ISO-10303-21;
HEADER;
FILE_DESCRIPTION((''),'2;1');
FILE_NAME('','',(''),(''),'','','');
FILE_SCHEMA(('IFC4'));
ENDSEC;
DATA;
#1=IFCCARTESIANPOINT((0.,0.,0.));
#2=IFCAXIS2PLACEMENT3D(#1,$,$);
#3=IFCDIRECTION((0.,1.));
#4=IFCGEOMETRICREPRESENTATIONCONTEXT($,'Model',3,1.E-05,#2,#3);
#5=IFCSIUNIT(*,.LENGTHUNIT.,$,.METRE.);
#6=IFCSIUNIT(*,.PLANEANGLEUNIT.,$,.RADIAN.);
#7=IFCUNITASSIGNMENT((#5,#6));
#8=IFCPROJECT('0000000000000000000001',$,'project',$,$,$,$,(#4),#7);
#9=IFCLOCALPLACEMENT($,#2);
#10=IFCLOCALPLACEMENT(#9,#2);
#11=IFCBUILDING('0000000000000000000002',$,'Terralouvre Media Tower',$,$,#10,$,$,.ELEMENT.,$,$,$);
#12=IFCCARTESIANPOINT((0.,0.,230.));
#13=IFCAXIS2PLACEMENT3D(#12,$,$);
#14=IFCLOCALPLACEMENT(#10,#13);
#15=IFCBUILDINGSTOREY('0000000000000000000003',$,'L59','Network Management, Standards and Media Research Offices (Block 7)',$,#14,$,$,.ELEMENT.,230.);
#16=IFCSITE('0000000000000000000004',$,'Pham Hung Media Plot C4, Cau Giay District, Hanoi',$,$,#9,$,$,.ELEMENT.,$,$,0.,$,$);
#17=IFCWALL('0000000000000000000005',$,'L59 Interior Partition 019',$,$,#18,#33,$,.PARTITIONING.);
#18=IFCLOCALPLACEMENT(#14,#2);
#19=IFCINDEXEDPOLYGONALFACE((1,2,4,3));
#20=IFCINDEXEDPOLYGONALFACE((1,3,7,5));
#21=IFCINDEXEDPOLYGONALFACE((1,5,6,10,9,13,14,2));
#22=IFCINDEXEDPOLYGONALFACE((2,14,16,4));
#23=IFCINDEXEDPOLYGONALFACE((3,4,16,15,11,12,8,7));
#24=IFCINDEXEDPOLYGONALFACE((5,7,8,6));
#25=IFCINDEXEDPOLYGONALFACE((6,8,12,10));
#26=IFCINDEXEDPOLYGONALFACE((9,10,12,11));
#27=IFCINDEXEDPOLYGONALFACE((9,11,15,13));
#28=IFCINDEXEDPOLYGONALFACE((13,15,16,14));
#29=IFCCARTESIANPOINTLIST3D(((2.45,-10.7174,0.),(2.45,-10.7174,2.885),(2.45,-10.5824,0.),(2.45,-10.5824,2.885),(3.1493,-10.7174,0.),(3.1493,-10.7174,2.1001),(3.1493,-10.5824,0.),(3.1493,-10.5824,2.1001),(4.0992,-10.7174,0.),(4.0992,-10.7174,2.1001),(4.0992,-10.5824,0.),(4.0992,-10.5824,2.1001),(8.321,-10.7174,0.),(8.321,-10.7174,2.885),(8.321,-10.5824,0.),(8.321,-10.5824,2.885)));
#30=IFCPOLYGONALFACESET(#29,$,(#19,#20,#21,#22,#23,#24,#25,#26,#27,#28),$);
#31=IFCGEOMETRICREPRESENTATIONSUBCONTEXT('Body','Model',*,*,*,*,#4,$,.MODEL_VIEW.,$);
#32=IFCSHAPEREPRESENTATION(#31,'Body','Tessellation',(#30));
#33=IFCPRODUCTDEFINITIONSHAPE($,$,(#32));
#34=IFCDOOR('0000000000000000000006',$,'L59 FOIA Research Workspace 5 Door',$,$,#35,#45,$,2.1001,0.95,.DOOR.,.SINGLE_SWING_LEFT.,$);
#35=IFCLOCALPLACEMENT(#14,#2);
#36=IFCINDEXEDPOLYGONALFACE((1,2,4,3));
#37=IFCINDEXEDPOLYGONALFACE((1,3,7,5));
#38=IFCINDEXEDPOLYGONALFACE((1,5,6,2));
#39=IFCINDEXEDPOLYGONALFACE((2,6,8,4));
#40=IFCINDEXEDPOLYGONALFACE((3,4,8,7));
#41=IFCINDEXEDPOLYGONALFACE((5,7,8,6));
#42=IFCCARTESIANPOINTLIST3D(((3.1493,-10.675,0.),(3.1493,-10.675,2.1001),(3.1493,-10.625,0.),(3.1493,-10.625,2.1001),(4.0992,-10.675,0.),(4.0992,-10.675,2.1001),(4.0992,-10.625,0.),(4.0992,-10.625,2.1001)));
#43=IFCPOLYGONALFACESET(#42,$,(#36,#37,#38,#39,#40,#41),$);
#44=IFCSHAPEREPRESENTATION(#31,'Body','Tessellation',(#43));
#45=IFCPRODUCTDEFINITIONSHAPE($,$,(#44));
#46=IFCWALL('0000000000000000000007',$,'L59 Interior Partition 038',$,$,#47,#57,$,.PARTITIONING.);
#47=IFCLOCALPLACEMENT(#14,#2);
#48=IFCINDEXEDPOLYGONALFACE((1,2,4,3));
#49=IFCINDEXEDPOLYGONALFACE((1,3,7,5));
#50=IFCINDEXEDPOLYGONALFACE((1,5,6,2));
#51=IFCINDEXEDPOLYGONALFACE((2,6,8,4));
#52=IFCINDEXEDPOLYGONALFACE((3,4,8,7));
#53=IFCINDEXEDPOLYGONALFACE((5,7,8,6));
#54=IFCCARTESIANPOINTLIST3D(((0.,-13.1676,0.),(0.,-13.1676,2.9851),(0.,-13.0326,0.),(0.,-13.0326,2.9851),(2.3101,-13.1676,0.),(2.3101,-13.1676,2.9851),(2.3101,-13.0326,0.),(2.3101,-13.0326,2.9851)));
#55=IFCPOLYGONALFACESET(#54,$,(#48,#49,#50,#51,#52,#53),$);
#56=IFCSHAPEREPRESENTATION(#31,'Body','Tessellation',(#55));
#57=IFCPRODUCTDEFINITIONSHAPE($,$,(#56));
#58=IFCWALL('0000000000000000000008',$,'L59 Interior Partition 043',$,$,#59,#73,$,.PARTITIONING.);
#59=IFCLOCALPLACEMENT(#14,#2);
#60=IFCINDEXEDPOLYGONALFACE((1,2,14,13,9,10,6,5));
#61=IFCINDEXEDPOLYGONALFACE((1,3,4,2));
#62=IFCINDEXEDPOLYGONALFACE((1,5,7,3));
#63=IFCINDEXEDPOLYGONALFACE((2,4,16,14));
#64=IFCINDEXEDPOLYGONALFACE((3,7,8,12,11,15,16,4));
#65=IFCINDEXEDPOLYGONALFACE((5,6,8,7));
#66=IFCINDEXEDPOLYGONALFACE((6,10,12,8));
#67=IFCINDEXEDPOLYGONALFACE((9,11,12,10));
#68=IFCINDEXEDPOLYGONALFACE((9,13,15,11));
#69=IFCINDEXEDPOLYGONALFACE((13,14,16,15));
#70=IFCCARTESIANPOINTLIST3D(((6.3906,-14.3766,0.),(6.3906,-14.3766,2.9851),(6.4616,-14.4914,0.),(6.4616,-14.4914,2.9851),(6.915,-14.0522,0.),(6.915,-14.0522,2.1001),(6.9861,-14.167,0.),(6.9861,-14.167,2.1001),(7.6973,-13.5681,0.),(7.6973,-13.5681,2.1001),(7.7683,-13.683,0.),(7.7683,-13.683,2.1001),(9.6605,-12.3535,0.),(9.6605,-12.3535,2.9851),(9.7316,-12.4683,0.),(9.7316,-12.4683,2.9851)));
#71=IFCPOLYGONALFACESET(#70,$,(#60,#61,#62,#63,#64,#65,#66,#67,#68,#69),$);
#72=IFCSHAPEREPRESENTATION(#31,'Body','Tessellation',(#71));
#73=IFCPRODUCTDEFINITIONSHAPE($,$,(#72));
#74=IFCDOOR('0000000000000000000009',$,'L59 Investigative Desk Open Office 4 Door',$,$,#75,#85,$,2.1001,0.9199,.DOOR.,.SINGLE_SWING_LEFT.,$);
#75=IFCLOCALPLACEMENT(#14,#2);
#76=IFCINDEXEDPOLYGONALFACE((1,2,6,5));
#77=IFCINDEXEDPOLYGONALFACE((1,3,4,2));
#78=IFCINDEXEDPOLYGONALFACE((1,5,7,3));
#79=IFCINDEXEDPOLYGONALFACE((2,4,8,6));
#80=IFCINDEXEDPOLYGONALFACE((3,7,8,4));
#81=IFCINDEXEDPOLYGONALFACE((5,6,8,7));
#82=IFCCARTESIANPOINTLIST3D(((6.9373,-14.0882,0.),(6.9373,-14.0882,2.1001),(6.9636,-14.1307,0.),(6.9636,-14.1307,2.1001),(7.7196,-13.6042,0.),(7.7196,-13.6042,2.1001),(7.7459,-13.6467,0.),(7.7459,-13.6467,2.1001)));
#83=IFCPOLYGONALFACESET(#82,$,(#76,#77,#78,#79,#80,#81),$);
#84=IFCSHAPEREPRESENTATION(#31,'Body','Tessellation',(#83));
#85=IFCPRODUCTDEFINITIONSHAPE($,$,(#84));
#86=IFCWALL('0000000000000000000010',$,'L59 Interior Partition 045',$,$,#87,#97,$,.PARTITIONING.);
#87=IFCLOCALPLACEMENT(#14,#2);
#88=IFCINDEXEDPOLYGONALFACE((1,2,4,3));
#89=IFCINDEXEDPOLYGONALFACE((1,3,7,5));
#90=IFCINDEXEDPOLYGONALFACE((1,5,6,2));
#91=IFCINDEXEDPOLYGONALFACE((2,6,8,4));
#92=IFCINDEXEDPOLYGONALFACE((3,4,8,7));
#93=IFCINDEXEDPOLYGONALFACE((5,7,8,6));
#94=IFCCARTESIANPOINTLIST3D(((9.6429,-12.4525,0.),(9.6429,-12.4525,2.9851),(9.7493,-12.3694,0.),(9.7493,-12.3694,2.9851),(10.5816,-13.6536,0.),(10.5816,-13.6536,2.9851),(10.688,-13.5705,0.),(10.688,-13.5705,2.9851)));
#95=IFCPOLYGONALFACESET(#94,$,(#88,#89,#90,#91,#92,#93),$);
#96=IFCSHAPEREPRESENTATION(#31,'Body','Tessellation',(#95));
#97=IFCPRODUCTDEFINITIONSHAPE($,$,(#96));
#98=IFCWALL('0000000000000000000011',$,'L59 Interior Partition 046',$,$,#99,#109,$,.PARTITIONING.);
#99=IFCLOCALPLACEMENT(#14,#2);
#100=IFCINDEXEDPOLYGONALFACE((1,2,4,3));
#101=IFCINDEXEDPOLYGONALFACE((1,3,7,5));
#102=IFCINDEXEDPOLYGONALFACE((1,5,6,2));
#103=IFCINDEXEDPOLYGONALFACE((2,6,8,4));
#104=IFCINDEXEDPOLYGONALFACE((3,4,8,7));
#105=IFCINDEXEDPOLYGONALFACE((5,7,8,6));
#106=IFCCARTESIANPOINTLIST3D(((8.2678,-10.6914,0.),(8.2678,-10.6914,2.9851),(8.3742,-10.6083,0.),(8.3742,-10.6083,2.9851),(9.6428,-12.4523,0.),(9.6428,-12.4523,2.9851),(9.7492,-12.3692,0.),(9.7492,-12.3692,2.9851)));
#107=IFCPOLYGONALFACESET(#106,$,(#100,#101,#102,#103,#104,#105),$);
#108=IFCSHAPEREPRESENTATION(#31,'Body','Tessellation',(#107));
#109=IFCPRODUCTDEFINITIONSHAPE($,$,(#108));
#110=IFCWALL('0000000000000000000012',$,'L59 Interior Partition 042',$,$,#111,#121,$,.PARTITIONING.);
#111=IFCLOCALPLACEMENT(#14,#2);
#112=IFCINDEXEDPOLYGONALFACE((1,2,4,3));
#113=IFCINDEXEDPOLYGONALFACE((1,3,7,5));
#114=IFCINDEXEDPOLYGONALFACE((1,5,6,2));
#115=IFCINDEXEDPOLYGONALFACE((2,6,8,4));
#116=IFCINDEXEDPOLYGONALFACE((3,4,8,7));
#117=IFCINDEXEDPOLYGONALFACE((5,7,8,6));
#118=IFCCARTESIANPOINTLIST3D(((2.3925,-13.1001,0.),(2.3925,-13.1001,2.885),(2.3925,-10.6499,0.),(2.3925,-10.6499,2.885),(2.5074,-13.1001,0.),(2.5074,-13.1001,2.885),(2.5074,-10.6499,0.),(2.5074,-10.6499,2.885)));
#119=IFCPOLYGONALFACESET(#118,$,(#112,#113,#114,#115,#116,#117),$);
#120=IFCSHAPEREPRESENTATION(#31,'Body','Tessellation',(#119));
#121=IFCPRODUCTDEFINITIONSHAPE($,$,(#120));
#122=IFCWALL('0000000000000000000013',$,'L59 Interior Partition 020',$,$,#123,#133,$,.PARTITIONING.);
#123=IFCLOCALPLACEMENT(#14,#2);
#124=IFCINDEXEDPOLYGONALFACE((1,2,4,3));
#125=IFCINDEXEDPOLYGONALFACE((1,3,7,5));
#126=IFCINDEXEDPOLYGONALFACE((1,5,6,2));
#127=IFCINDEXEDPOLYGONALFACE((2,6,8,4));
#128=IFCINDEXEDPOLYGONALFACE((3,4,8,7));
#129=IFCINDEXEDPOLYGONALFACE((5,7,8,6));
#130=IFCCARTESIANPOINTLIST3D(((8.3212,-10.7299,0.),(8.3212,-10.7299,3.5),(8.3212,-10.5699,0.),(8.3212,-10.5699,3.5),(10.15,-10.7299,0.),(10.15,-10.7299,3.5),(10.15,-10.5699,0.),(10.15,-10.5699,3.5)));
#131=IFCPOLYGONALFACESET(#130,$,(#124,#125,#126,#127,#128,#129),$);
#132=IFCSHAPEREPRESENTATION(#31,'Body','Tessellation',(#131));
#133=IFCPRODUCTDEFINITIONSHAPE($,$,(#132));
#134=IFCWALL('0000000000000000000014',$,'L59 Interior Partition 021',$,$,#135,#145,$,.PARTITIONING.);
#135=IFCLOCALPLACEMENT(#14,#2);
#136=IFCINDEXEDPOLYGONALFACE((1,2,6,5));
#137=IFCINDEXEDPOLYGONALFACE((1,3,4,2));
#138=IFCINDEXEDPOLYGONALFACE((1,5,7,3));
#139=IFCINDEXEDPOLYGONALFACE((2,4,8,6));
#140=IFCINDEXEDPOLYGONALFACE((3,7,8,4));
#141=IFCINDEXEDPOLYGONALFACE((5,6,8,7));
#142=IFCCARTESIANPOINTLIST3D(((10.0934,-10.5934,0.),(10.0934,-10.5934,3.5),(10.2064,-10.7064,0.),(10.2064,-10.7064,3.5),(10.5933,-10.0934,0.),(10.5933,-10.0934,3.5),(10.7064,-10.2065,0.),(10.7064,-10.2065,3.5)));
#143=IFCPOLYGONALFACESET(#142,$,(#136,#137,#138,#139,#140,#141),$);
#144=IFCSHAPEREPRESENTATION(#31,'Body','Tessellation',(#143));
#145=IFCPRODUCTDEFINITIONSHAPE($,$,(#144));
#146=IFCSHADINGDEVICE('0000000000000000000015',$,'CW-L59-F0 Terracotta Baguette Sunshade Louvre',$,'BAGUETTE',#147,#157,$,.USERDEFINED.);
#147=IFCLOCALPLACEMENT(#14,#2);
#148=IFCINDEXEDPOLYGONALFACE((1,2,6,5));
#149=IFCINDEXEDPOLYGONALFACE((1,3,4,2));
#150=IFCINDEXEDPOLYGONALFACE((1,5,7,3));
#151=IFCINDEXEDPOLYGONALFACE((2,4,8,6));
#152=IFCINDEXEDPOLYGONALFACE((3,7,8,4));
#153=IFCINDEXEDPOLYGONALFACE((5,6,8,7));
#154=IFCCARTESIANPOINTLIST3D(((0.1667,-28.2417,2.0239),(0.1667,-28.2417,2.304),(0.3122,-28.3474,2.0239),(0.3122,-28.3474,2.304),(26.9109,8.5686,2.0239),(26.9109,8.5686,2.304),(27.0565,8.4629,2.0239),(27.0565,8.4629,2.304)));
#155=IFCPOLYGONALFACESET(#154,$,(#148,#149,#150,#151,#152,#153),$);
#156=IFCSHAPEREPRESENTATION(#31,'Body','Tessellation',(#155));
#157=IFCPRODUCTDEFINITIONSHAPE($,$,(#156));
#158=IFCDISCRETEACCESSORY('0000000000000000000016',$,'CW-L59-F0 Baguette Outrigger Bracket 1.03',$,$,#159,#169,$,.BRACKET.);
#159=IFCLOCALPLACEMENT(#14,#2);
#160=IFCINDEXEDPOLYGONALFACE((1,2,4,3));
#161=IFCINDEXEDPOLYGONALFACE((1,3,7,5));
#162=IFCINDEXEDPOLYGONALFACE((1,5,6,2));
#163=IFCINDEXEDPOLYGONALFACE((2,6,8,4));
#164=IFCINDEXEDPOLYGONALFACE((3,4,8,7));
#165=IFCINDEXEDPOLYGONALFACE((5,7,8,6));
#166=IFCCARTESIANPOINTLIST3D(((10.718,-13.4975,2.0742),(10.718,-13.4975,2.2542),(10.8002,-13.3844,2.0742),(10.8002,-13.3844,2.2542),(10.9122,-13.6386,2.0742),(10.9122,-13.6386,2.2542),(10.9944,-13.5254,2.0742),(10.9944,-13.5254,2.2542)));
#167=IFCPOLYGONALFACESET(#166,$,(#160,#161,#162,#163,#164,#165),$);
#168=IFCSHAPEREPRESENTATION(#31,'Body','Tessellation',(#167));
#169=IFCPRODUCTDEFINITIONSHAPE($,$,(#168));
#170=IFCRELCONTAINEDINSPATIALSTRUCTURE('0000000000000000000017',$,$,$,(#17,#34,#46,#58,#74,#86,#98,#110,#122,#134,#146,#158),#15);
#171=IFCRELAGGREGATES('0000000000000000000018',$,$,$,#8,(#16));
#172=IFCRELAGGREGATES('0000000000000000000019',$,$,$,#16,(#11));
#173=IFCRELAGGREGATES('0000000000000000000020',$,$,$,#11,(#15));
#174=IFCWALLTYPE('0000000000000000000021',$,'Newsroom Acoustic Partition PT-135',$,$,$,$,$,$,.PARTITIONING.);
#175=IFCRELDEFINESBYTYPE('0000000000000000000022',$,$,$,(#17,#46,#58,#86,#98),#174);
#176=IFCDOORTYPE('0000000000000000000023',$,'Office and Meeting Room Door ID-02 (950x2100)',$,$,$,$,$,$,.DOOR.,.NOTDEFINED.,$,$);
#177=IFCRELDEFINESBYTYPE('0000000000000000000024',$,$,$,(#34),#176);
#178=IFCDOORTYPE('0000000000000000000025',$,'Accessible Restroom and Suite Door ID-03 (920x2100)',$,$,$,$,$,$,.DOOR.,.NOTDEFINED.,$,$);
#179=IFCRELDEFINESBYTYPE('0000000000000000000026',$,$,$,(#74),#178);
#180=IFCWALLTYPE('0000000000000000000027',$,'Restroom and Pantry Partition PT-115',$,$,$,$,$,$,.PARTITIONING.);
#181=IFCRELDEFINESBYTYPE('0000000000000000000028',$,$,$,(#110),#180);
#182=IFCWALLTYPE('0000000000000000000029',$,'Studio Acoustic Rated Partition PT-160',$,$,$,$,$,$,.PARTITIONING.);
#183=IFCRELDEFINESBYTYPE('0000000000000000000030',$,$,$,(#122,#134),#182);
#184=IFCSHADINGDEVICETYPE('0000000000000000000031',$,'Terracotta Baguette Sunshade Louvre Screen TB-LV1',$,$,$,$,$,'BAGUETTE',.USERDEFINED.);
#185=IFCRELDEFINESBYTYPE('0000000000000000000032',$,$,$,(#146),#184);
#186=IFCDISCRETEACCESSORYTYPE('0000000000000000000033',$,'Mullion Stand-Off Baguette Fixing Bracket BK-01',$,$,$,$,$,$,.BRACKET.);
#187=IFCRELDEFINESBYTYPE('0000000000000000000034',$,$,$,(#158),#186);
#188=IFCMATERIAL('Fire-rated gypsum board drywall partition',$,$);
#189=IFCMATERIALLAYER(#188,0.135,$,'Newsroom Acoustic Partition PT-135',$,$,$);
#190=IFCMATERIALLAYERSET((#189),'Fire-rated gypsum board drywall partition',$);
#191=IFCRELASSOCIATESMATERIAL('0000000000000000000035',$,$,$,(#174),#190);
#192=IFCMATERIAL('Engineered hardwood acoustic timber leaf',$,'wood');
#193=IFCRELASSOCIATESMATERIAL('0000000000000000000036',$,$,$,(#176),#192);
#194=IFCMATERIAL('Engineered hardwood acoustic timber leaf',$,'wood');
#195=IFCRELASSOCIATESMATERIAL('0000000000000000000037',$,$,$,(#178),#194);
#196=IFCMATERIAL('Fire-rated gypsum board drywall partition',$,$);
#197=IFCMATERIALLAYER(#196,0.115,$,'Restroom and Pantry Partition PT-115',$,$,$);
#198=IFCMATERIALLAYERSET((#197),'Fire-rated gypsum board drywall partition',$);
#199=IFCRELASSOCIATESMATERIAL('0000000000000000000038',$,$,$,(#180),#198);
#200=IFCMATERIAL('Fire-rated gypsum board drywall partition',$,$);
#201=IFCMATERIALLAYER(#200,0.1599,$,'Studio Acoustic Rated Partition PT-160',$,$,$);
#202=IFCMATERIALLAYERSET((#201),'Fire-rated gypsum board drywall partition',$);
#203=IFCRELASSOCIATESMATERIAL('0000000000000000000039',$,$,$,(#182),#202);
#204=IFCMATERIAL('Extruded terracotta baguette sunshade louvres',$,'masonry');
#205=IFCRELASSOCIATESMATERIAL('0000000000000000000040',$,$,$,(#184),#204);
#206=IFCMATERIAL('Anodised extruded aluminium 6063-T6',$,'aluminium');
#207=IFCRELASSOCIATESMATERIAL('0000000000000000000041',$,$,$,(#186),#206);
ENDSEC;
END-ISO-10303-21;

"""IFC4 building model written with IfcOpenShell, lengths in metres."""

from ifc_helpers import new_model, si_unit, direction, frame, frame_2d, origin, origin_2d, place, context, subcontext, project, spatial, rectangle, extrude, material, layer, layer_set, type_object, element, fill, save


model = new_model("IFC4")

# Units and contexts
model_context = context("Model", 3, precision=1e-05, world=origin(), true_north=direction((0.0, 1.0)))
body_context = subcontext(model_context, "Body", "Model", "MODEL_VIEW")
ifc_project = project(units=[si_unit("LENGTHUNIT", "METRE"), si_unit("PLANEANGLEUNIT", "RADIAN")], contexts=[model_context])

# Site, building, storey
site_placement = place(None, origin())
site = spatial("IfcSite", under=ifc_project, at=site_placement, Name="Pham Hung Media Plot C4, Cau Giay District, Hanoi", CompositionType="ELEMENT", RefElevation=0.0)
building_placement = place(site_placement, origin())
building = spatial("IfcBuilding", under=site, at=building_placement, Name="Terralouvre Media Tower", CompositionType="ELEMENT")
storey_placement = place(building_placement, frame((0.0, 0.0, 230.0)))
storey = spatial("IfcBuildingStorey", under=building, at=storey_placement, Name="L59", Description="Network Management, Standards and Media Research Offices (Block 7)", CompositionType="ELEMENT", Elevation=230.0)

# Wall, opening, door
ifc_material_1 = material(Name="Fire-rated gypsum board drywall partition")
ifc_layer_1 = layer(ifc_material_1, 0.135, Name="Newsroom Acoustic Partition PT-135")
ifc_layer_set_1 = layer_set([ifc_layer_1], Name="Fire-rated gypsum board drywall partition")
wall_type_1 = type_object("IfcWallType", Name="Newsroom Acoustic Partition PT-135", PredefinedType="PARTITIONING", material=ifc_layer_set_1)
wall_1_placement = place(storey_placement, frame((2.45, -10.6499, 0.0), z_axis=(0.0, 0.0, 1.0), x_axis=(1.0, 0.0, 0.0)))
wall_1 = element("IfcWall", 1, at=wall_1_placement, inside=storey, type_object=wall_type_1, Name="L59 Interior Partition 019", PredefinedType="PARTITIONING", context=body_context, shape_type="SweptSolid", body=[
    extrude(rectangle(XDim=5.8711, YDim=0.135, at=frame_2d((2.9355, 0.0))), origin(), (0.0, 0.0, 1.0), 2.885),
])
opening_1_placement = place(wall_1_placement, frame((0.6992, 0.0, 0.0)))
opening_1 = element("IfcOpeningElement", 2, at=opening_1_placement, cuts=wall_1, PredefinedType="OPENING", context=body_context, shape_type="SweptSolid", body=[
    extrude(rectangle(XDim=0.95, YDim=2.1001, at=frame_2d((0.4751, 1.05))), frame((0.0, 0.0774, 0.0), z_axis=(0.0, -1.0, 0.0), x_axis=(1.0, 0.0, 0.0)), (0.0, 0.0, 1.0), 0.155),
])
ifc_material_2 = material(Name="Engineered hardwood acoustic timber leaf", Category="wood")
door_type_1 = type_object("IfcDoorType", Name="Office and Meeting Room Door ID-02 (950x2100)", OperationType="NOTDEFINED", PredefinedType="DOOR", material=ifc_material_2)
door_1_placement = place(opening_1_placement, origin())
door_1 = element("IfcDoor", 3, at=door_1_placement, inside=storey, type_object=door_type_1, Name="L59 FOIA Research Workspace 5 Door", OperationType="SINGLE_SWING_LEFT", OverallHeight=2.1001, OverallWidth=0.95, PredefinedType="DOOR", context=body_context, shape_type="SweptSolid", body=[
    extrude(rectangle(XDim=0.95, YDim=2.1001, at=frame_2d((0.4751, 1.05))), frame((0.0, 0.0249, 0.0), z_axis=(0.0, -1.0, 0.0), x_axis=(1.0, 0.0, 0.0)), (0.0, 0.0, 1.0), 0.05),
])
fill(opening_1, door_1)

# Wall
wall_2_placement = place(storey_placement, frame((2.3101, -13.1001, 0.0), z_axis=(0.0, 0.0, 1.0), x_axis=(-1.0, 0.0, 0.0)))
element("IfcWall", 4, at=wall_2_placement, inside=storey, type_object=wall_type_1, Name="L59 Interior Partition 038", PredefinedType="PARTITIONING", context=body_context, shape_type="SweptSolid", body=[
    extrude(rectangle(XDim=2.3101, YDim=0.135, at=frame_2d((1.155, 0.0))), origin(), (0.0, 0.0, 1.0), 2.9851),
])

# Wall, opening, door
wall_3_placement = place(storey_placement, frame((9.696, -12.4109, 0.0), z_axis=(0.0, 0.0, 1.0), x_axis=(-0.850394, -0.526147, 0.0)))
wall_3 = element("IfcWall", 5, at=wall_3_placement, inside=storey, type_object=wall_type_1, Name="L59 Interior Partition 043", PredefinedType="PARTITIONING", context=body_context, shape_type="SweptSolid", body=[
    extrude(rectangle(XDim=3.8452, YDim=0.135, at=frame_2d((1.9226, 0.0))), origin(), (0.0, 0.0, 1.0), 2.9851),
])
opening_2_placement = place(wall_3_placement, frame((2.3086, 0.0, 0.0)))
opening_2 = element("IfcOpeningElement", 6, at=opening_2_placement, cuts=wall_3, PredefinedType="OPENING", context=body_context, shape_type="SweptSolid", body=[
    extrude(rectangle(XDim=0.9199, YDim=2.1001, at=frame_2d((0.46, 1.05))), frame((0.0, 0.0774, 0.0), z_axis=(0.0, -1.0, 0.0), x_axis=(1.0, 0.0, 0.0)), (0.0, 0.0, 1.0), 0.155),
])
ifc_material_3 = material(Name="Engineered hardwood acoustic timber leaf", Category="wood")
door_type_2 = type_object("IfcDoorType", Name="Accessible Restroom and Suite Door ID-03 (920x2100)", OperationType="NOTDEFINED", PredefinedType="DOOR", material=ifc_material_3)
door_2_placement = place(opening_2_placement, origin())
door_2 = element("IfcDoor", 7, at=door_2_placement, inside=storey, type_object=door_type_2, Name="L59 Investigative Desk Open Office 4 Door", OperationType="SINGLE_SWING_LEFT", OverallHeight=2.1001, OverallWidth=0.9199, PredefinedType="DOOR", context=body_context, shape_type="SweptSolid", body=[
    extrude(rectangle(XDim=0.9199, YDim=2.1001, at=frame_2d((0.46, 1.05))), frame((0.0, 0.0249, 0.0), z_axis=(0.0, -1.0, 0.0), x_axis=(1.0, 0.0, 0.0)), (0.0, 0.0, 1.0), 0.05),
])
fill(opening_2, door_2)

# Walls
wall_4_placement = place(storey_placement, frame((10.6348, -13.6121, 0.0), z_axis=(0.0, 0.0, 1.0), x_axis=(-0.615768, 0.787927, 0.0)))
element("IfcWall", 8, at=wall_4_placement, inside=storey, type_object=wall_type_1, Name="L59 Interior Partition 045", PredefinedType="PARTITIONING", context=body_context, shape_type="SweptSolid", body=[
    extrude(rectangle(XDim=1.5244, YDim=0.135, at=frame_2d((0.7622, 0.0))), origin(), (0.0, 0.0, 1.0), 2.9851),
])
wall_5_placement = place(storey_placement, frame((9.696, -12.4109, 0.0), z_axis=(0.0, 0.0, 1.0), x_axis=(-0.61543, 0.788192, 0.0)))
element("IfcWall", 9, at=wall_5_placement, inside=storey, type_object=wall_type_1, Name="L59 Interior Partition 046", PredefinedType="PARTITIONING", context=body_context, shape_type="SweptSolid", body=[
    extrude(rectangle(XDim=2.2341, YDim=0.135, at=frame_2d((1.1172, 0.0))), origin(), (0.0, 0.0, 1.0), 2.9851),
])
ifc_material_4 = material(Name="Fire-rated gypsum board drywall partition")
ifc_layer_2 = layer(ifc_material_4, 0.115, Name="Restroom and Pantry Partition PT-115")
ifc_layer_set_2 = layer_set([ifc_layer_2], Name="Fire-rated gypsum board drywall partition")
wall_type_2 = type_object("IfcWallType", Name="Restroom and Pantry Partition PT-115", PredefinedType="PARTITIONING", material=ifc_layer_set_2)
wall_6_placement = place(storey_placement, frame((2.45, -13.1001, 0.0), z_axis=(0.0, 0.0, 1.0), x_axis=(0.0, 1.0, 0.0)))
element("IfcWall", 10, at=wall_6_placement, inside=storey, type_object=wall_type_2, Name="L59 Interior Partition 042", PredefinedType="PARTITIONING", context=body_context, shape_type="SweptSolid", body=[
    extrude(rectangle(XDim=2.4502, YDim=0.115, at=frame_2d((1.2251, 0.0))), origin(), (0.0, 0.0, 1.0), 2.885),
])
ifc_material_5 = material(Name="Fire-rated gypsum board drywall partition")
ifc_layer_3 = layer(ifc_material_5, 0.1599, Name="Studio Acoustic Rated Partition PT-160")
ifc_layer_set_3 = layer_set([ifc_layer_3], Name="Fire-rated gypsum board drywall partition")
wall_type_3 = type_object("IfcWallType", Name="Studio Acoustic Rated Partition PT-160", PredefinedType="PARTITIONING", material=ifc_layer_set_3)
wall_7_placement = place(storey_placement, frame((8.321, -10.6499, 0.0), z_axis=(0.0, 0.0, 1.0), x_axis=(1.0, 0.0, 0.0)))
element("IfcWall", 11, at=wall_7_placement, inside=storey, type_object=wall_type_3, Name="L59 Interior Partition 020", PredefinedType="PARTITIONING", context=body_context, shape_type="SweptSolid", body=[
    extrude(rectangle(XDim=1.8289, YDim=0.1599, at=frame_2d((0.9146, 0.0))), origin(), (0.0, 0.0, 1.0), 3.5),
])
wall_8_placement = place(storey_placement, frame((10.1499, -10.6499, 0.0), z_axis=(0.0, 0.0, 1.0), x_axis=(0.707107, 0.707107, 0.0)))
element("IfcWall", 12, at=wall_8_placement, inside=storey, type_object=wall_type_3, Name="L59 Interior Partition 021", PredefinedType="PARTITIONING", context=body_context, shape_type="SweptSolid", body=[
    extrude(rectangle(XDim=0.707, YDim=0.1599, at=frame_2d((0.3535, 0.0))), origin(), (0.0, 0.0, 1.0), 3.5),
])

# Shading device
ifc_material_6 = material(Name="Extruded terracotta baguette sunshade louvres", Category="masonry")
shading_device_type = type_object("IfcShadingDeviceType", Name="Terracotta Baguette Sunshade Louvre Screen TB-LV1", ElementType="BAGUETTE", PredefinedType="USERDEFINED", material=ifc_material_6)
shading_device_placement = place(storey_placement, frame((13.6116, -9.8894, 2.0239), z_axis=(0.0, 0.0, 1.0), x_axis=(0.587785, 0.809017, 0.0)))
element("IfcShadingDevice", 13, at=shading_device_placement, inside=storey, type_object=shading_device_type, Name="CW-L59-F0 Terracotta Baguette Sunshade Louvre", ObjectType="BAGUETTE", PredefinedType="USERDEFINED", context=body_context, shape_type="SweptSolid", body=[
    extrude(rectangle(XDim=45.5, YDim=0.1799, at=origin_2d()), origin(), (0.0, 0.0, 1.0), 0.28),
])

# Discrete accessory
ifc_material_7 = material(Name="Anodised extruded aluminium 6063-T6", Category="aluminium")
discrete_accessory_type = type_object("IfcDiscreteAccessoryType", Name="Mullion Stand-Off Baguette Fixing Bracket BK-01", PredefinedType="BRACKET", material=ifc_material_7)
discrete_accessory_placement = place(storey_placement, frame((10.8562, -13.5115, 2.0742), z_axis=(0.0, 0.0, 1.0), x_axis=(0.587785, 0.809017, 0.0)))
element("IfcDiscreteAccessory", 14, at=discrete_accessory_placement, inside=storey, type_object=discrete_accessory_type, Name="CW-L59-F0 Baguette Outrigger Bracket 1.03", PredefinedType="BRACKET", context=body_context, shape_type="SweptSolid", body=[
    extrude(rectangle(XDim=0.1399, YDim=0.24, at=origin_2d()), origin(), (0.0, 0.0, 1.0), 0.1799),
])

save(model, "model.ifc")
